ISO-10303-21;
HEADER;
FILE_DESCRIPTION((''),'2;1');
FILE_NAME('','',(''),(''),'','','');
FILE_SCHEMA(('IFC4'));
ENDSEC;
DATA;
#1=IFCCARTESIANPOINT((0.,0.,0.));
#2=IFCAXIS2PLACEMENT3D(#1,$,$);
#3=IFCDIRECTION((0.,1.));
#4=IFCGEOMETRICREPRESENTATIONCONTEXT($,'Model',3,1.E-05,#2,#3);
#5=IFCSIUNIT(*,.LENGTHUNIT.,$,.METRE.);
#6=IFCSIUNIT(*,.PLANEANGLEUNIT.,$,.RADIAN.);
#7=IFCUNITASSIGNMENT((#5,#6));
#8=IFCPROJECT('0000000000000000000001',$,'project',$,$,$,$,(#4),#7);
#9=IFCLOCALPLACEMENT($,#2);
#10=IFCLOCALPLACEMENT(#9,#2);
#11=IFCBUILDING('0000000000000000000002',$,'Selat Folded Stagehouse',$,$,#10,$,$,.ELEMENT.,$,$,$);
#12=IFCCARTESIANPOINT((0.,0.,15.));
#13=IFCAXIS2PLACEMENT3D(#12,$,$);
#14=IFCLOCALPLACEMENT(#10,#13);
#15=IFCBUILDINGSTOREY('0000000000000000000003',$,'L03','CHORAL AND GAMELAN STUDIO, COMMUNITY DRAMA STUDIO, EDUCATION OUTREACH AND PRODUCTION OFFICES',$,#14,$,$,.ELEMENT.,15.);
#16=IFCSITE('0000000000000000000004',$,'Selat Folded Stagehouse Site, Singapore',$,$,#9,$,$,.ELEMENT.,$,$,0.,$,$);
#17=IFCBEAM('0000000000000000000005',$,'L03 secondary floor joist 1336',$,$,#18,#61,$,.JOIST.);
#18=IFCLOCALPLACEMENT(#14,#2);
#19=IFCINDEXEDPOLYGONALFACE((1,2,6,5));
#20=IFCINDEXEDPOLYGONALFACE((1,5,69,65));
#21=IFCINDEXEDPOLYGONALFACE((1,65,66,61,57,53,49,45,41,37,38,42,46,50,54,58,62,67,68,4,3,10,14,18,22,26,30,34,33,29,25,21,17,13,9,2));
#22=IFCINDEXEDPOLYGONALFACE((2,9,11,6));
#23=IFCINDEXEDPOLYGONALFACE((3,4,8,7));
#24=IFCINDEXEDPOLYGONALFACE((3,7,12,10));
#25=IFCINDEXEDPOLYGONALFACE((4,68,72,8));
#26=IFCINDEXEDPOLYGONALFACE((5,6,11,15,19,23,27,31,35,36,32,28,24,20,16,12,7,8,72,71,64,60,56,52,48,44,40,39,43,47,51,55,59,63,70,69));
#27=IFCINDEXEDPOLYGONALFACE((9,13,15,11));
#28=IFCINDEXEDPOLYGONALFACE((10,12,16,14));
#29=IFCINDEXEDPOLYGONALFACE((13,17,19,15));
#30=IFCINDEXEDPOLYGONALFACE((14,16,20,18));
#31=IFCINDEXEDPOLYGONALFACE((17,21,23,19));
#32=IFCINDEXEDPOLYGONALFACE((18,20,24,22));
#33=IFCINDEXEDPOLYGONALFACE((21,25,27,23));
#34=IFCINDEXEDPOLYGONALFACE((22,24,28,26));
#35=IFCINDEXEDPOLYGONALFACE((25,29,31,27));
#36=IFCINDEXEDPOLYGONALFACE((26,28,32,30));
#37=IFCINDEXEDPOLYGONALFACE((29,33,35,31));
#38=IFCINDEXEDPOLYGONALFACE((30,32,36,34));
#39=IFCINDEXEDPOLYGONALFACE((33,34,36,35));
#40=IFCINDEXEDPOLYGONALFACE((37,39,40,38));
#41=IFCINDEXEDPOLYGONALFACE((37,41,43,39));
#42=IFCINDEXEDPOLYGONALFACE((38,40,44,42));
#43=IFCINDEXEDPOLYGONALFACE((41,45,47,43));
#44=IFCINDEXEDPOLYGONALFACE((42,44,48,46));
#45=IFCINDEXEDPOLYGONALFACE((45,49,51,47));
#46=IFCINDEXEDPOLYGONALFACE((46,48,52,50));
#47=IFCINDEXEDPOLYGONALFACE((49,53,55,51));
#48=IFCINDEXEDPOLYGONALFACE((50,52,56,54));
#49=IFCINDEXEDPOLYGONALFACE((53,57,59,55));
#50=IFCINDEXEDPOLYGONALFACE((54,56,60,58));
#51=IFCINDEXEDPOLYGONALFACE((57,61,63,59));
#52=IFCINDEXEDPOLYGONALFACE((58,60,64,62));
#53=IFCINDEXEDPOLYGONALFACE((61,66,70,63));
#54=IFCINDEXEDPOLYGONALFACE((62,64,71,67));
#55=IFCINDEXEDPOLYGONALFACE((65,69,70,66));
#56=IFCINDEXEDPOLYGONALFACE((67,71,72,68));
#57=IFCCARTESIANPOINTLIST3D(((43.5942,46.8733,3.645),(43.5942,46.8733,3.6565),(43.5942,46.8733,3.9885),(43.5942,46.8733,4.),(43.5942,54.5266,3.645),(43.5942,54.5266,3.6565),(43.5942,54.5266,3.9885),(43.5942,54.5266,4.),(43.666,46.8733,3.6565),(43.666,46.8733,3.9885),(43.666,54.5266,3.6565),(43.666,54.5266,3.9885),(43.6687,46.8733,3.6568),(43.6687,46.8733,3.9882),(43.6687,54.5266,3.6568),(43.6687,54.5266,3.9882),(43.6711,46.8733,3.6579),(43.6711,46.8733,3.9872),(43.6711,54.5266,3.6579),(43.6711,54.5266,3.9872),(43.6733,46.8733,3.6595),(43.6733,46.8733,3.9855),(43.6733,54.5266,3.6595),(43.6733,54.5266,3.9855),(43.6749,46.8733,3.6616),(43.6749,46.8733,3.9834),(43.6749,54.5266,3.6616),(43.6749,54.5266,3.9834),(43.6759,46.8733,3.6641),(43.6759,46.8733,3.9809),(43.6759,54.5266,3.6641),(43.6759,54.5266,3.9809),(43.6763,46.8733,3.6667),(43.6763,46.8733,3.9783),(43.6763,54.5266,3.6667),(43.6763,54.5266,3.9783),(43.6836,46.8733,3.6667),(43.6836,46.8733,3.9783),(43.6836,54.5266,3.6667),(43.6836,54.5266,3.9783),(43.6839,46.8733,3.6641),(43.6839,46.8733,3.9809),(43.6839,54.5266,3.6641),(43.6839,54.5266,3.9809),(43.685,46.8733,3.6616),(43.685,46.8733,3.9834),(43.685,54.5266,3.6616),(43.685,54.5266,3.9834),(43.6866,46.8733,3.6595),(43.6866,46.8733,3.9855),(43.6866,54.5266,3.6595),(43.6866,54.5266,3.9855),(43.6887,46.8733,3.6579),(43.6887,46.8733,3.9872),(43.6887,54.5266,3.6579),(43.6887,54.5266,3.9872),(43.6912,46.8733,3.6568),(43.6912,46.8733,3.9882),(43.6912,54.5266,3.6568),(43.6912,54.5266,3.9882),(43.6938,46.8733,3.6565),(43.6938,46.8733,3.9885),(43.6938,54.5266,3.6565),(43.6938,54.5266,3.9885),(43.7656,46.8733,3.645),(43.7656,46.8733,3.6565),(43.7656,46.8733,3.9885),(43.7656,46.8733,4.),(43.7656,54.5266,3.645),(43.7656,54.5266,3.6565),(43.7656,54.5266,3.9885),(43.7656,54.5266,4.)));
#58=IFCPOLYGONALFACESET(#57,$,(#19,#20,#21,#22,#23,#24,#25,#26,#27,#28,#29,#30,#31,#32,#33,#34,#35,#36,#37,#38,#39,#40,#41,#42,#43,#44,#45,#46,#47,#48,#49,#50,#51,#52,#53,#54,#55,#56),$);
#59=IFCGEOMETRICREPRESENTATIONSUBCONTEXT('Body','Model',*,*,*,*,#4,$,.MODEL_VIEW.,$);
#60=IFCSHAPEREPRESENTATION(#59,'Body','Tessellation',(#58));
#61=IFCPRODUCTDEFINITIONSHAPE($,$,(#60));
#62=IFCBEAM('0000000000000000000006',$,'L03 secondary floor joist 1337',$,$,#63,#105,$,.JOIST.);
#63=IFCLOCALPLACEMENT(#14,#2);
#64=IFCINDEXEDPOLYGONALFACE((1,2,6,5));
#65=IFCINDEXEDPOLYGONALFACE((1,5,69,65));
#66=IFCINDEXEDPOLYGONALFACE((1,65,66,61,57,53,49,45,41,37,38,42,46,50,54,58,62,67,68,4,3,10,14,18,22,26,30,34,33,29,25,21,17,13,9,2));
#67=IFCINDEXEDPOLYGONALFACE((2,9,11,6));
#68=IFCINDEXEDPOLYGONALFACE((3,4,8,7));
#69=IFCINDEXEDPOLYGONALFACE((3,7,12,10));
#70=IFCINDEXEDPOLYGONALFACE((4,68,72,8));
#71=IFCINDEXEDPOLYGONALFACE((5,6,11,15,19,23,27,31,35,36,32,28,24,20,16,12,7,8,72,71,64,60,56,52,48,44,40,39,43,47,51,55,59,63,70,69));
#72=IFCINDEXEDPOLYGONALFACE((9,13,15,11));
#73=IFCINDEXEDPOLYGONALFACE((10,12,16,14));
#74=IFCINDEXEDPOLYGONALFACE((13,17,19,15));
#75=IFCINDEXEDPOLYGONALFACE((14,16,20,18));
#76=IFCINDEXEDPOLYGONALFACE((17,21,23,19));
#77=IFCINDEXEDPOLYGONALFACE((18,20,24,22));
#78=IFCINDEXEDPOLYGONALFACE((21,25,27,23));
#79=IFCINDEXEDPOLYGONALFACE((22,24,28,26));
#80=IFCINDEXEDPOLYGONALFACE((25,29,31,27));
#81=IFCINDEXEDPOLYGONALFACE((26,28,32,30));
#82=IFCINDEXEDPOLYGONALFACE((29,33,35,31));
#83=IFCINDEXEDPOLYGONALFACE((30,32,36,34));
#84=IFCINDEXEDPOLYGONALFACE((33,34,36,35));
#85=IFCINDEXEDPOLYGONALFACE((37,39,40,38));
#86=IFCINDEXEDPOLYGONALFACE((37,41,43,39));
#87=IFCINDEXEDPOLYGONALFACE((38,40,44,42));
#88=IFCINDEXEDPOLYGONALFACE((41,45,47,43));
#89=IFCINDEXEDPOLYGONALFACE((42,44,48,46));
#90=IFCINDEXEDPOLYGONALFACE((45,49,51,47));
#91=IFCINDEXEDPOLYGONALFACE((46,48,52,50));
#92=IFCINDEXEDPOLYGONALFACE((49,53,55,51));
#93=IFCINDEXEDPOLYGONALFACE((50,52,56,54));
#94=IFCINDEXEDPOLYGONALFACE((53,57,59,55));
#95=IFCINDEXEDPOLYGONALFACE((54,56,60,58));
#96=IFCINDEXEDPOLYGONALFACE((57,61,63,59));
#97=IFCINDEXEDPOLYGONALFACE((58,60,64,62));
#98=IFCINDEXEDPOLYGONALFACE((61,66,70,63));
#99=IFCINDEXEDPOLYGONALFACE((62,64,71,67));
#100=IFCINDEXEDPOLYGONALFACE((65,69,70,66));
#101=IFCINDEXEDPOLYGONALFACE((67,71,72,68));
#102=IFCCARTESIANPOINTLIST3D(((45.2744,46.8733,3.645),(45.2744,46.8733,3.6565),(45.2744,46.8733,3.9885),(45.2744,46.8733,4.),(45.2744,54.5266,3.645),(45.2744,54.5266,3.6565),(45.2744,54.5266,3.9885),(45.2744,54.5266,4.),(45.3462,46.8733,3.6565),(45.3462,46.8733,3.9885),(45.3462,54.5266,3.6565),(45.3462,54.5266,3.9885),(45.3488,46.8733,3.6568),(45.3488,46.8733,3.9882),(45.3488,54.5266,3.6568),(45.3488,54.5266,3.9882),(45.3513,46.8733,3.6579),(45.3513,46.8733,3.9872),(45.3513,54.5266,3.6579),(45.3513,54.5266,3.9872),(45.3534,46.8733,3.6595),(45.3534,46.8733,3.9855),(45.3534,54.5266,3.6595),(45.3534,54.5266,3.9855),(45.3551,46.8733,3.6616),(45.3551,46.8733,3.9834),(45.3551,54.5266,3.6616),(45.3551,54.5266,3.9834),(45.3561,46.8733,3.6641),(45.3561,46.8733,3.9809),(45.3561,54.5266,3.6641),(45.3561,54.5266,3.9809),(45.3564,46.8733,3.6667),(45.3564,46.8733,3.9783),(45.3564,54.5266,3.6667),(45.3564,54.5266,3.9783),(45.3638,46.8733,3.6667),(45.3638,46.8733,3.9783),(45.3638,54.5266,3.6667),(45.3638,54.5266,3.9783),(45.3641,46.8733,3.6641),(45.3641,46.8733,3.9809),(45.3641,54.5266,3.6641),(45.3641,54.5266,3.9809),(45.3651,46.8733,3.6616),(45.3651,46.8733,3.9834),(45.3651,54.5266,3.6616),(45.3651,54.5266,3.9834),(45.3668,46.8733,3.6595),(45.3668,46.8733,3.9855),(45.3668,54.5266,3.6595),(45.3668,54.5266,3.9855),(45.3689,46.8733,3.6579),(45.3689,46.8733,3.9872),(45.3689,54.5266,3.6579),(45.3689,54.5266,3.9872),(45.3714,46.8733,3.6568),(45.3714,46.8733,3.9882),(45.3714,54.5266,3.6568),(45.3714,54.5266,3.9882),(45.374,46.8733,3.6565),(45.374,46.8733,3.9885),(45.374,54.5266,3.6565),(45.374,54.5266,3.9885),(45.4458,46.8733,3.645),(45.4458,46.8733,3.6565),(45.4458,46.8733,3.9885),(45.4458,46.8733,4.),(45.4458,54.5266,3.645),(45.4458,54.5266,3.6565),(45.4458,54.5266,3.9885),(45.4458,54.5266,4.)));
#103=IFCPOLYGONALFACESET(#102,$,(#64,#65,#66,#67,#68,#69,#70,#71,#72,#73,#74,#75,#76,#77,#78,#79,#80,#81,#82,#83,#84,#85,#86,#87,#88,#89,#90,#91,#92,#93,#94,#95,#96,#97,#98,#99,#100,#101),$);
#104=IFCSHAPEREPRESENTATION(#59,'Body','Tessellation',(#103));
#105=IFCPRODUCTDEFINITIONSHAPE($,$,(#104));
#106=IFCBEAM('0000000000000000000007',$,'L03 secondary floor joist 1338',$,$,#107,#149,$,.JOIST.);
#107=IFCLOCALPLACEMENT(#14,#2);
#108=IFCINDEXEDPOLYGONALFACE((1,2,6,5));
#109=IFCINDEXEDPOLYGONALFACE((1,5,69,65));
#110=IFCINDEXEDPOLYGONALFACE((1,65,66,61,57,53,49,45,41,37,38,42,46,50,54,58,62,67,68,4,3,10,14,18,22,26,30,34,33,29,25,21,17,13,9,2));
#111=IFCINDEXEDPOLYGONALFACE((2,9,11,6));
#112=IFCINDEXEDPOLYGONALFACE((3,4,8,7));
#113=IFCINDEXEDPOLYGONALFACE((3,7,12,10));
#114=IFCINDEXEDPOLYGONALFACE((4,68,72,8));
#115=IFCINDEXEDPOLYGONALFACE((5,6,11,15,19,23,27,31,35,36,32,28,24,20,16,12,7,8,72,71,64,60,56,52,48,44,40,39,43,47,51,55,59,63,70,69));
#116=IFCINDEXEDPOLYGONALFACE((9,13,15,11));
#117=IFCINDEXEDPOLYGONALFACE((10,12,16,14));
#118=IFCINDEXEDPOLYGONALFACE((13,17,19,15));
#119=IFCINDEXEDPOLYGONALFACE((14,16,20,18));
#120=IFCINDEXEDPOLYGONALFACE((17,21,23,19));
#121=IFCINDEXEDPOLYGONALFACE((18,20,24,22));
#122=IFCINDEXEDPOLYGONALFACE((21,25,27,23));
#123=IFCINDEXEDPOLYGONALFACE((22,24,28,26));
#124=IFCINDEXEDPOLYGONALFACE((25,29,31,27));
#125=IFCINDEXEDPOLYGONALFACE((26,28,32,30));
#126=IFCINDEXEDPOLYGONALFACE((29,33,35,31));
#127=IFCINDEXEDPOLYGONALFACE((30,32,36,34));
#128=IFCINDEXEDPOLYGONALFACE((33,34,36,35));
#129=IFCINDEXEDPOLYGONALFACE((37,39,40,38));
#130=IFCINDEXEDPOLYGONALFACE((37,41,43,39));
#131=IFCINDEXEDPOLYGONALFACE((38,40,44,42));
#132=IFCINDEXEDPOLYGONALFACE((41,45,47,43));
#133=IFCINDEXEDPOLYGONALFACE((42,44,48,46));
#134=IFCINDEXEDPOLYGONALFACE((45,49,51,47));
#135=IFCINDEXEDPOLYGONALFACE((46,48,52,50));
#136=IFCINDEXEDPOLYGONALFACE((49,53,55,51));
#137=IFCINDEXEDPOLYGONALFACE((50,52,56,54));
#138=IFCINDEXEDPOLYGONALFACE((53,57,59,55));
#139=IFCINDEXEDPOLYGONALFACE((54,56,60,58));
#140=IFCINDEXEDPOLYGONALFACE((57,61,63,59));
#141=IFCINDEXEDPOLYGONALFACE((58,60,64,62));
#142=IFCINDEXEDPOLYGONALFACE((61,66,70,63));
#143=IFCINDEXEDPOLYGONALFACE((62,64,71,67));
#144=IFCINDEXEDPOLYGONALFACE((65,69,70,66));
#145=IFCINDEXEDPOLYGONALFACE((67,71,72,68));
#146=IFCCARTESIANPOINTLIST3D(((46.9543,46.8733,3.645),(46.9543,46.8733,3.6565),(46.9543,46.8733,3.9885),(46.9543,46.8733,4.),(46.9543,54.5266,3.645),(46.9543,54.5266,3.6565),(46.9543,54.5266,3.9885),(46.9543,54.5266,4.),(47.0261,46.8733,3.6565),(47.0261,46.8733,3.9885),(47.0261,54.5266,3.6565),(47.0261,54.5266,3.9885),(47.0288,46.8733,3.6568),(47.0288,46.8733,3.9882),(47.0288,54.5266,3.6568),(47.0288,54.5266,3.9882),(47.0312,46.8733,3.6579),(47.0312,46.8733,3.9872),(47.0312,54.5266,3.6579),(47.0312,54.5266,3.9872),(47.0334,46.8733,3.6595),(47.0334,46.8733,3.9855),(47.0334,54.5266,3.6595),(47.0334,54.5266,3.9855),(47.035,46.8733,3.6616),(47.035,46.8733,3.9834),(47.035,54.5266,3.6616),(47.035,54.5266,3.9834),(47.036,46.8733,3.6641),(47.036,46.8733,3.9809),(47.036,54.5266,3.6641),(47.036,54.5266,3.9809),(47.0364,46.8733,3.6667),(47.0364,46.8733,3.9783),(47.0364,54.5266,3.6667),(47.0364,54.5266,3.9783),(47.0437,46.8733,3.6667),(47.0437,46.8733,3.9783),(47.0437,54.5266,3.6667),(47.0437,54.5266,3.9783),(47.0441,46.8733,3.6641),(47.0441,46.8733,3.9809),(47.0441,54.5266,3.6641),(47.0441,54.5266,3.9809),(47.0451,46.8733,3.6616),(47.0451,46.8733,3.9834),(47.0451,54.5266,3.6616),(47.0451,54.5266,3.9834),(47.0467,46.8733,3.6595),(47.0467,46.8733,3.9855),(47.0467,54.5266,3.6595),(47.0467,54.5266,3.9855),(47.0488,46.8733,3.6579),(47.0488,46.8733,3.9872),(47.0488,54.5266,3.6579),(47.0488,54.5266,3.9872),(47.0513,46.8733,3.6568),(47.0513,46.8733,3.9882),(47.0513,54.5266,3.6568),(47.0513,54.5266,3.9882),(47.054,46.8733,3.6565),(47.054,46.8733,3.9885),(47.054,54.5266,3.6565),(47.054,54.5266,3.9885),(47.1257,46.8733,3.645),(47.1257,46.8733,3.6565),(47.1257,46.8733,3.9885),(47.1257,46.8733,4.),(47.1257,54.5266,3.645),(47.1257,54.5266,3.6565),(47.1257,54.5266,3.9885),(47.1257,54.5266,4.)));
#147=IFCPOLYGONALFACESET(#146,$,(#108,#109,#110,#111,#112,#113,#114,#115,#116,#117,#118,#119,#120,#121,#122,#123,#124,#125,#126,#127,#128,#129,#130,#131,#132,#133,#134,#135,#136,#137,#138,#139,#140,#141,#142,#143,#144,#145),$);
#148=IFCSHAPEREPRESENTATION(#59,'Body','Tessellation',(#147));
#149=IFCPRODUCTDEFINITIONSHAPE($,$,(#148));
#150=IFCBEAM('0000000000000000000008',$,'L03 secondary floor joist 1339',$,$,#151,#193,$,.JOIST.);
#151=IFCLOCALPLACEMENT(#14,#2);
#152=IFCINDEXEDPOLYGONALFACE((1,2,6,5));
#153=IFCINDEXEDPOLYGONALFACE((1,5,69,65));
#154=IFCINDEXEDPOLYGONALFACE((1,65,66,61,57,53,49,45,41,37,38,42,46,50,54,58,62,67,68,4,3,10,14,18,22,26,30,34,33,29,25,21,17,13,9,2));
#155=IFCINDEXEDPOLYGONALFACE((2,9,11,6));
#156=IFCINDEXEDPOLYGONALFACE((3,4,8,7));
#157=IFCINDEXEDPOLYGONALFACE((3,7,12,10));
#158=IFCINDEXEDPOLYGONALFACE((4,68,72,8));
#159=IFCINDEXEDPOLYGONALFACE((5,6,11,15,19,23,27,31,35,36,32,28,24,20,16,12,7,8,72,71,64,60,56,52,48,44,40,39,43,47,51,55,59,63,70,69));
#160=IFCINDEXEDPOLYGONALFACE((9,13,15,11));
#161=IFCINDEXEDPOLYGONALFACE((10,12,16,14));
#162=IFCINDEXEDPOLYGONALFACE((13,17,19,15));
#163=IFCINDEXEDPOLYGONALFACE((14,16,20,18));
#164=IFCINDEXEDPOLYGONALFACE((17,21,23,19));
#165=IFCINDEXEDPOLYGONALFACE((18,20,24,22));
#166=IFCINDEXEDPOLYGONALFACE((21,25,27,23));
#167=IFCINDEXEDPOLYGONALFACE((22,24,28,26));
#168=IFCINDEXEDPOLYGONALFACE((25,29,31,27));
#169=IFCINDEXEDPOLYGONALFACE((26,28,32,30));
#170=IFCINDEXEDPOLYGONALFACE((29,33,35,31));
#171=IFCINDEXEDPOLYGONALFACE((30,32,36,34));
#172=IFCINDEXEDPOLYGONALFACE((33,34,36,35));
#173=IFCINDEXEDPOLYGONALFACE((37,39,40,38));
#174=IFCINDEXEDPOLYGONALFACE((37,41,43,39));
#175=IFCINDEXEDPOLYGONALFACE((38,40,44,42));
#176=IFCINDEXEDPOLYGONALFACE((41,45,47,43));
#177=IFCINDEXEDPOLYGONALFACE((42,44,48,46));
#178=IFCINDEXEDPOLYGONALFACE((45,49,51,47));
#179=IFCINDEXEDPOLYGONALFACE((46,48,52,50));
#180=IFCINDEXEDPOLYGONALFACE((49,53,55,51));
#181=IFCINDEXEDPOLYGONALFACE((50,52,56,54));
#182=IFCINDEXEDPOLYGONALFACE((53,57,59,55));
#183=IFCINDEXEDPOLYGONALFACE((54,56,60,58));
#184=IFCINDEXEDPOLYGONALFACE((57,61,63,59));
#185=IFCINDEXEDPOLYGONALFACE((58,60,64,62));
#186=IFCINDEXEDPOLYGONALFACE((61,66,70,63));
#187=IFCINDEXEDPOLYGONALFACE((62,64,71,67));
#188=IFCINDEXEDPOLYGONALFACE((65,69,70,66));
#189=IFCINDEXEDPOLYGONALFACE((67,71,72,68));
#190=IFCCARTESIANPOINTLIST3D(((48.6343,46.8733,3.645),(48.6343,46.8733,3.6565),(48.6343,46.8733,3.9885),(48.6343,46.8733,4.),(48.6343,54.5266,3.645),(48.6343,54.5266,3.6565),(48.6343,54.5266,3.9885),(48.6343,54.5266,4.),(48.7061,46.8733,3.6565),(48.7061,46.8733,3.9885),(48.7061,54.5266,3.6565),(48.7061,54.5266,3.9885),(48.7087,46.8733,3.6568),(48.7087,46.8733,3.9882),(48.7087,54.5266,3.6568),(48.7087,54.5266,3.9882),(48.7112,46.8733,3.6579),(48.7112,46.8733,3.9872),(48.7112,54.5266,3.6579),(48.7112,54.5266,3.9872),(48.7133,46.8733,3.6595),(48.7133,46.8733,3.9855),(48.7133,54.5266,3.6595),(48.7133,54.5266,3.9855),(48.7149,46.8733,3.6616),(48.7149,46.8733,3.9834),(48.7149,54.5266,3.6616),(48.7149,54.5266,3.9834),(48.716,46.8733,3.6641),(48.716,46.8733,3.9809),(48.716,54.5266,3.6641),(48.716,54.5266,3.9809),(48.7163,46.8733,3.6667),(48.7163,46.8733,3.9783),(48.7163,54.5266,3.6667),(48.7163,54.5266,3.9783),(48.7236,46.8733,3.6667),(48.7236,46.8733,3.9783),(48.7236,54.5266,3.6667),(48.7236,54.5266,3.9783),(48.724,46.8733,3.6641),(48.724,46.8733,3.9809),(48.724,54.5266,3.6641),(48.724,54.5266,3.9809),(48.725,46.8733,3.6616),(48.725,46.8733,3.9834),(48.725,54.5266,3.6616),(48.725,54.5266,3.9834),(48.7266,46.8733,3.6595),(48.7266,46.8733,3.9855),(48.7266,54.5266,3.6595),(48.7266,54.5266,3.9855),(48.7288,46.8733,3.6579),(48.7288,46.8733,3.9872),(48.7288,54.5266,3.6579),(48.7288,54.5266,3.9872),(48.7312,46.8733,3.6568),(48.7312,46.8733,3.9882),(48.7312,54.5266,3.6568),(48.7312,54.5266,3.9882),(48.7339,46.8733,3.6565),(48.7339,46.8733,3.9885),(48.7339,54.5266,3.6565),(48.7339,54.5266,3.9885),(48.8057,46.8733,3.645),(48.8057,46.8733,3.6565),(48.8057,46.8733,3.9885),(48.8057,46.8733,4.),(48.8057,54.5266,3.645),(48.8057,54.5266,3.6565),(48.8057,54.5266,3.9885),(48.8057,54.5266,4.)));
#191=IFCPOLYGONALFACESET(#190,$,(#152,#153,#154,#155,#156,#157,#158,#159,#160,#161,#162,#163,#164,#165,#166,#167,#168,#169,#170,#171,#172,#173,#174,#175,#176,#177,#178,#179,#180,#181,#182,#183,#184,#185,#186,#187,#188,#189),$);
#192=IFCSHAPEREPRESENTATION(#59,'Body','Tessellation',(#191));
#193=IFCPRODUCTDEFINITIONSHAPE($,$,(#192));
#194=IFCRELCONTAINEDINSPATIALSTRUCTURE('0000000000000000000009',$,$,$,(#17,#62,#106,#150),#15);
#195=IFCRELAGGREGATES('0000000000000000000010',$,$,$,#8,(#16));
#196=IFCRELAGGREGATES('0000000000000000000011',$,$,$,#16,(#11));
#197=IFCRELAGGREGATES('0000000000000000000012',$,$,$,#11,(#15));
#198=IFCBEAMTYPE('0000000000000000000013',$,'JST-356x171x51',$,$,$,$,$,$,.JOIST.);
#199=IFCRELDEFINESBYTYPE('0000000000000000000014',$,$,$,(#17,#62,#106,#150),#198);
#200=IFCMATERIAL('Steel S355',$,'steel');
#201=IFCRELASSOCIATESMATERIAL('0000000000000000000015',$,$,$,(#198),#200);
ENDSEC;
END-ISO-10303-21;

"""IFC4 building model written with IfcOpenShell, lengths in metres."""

from ifc_helpers import new_model, si_unit, direction, frame, origin, origin_2d, place, context, subcontext, project, spatial, i_section, extrude, material, material_profile, profile_set, type_object, element, save


model = new_model("IFC4")

# Units and contexts
model_context = context("Model", 3, precision=1e-05, world=origin(), true_north=direction((0.0, 1.0)))
body_context = subcontext(model_context, "Body", "Model", "MODEL_VIEW")
ifc_project = project(units=[si_unit("LENGTHUNIT", "METRE"), si_unit("PLANEANGLEUNIT", "RADIAN")], contexts=[model_context])

# Site, building, storey
site_placement = place(None, origin())
site = spatial("IfcSite", under=ifc_project, at=site_placement, Name="Selat Folded Stagehouse Site, Singapore", CompositionType="ELEMENT", RefElevation=0.0)
building_placement = place(site_placement, origin())
building = spatial("IfcBuilding", under=site, at=building_placement, Name="Selat Folded Stagehouse", CompositionType="ELEMENT")
storey_placement = place(building_placement, frame((0.0, 0.0, 15.0)))
storey = spatial("IfcBuildingStorey", under=building, at=storey_placement, Name="L03", Description="CHORAL AND GAMELAN STUDIO, COMMUNITY DRAMA STUDIO, EDUCATION OUTREACH AND PRODUCTION OFFICES", CompositionType="ELEMENT", Elevation=15.0)

# Shared definitions
ifc_material_1 = material(Name="Steel S355", Category="steel")

# Beams
ifc_material_profile_1 = material_profile(ifc_material_1, i_section(OverallWidth=0.1714, OverallDepth=0.355, WebThickness=0.0073, FlangeThickness=0.0115, FilletRadius=0.0103, at=origin_2d()), Name="UKB 356x171x51")
ifc_profile_set_1 = profile_set([ifc_material_profile_1], Name="Steel S355")
beam_type_1 = type_object("IfcBeamType", Name="JST-356x171x51", PredefinedType="JOIST", material=ifc_profile_set_1)
for number, where, z_axis, x_axis, name in (
    (1, (43.6799, 46.8733, 3.8225), (0.0, 1.0, 0.0), (-1.0, 0.0, 0.0), "L03 secondary floor joist 1336"),
    (2, (45.3601, 46.8733, 3.8225), (0.0, 1.0, 0.0), (-1.0, 0.0, 0.0), "L03 secondary floor joist 1337"),
    (3, (47.04, 46.8733, 3.8225), (0.0, 1.0, 0.0), (-1.0, 0.0, 0.0), "L03 secondary floor joist 1338"),
    (4, (48.72, 46.8733, 3.8225), (0.0, 1.0, 0.0), (-1.0, 0.0, 0.0), "L03 secondary floor joist 1339"),
):
    element("IfcBeam", number, at=place(storey_placement, frame(where, z_axis=z_axis, x_axis=x_axis)), inside=storey, type_object=beam_type_1, Name=name, PredefinedType="JOIST", context=body_context, shape_type="SweptSolid", body=[
        extrude(i_section(OverallWidth=0.1714, OverallDepth=0.355, WebThickness=0.0073, FlangeThickness=0.0115, FilletRadius=0.0103, at=origin_2d()), origin(), (0.0, 0.0, 1.0), 7.6533),
    ])

save(model, "model.ifc")
